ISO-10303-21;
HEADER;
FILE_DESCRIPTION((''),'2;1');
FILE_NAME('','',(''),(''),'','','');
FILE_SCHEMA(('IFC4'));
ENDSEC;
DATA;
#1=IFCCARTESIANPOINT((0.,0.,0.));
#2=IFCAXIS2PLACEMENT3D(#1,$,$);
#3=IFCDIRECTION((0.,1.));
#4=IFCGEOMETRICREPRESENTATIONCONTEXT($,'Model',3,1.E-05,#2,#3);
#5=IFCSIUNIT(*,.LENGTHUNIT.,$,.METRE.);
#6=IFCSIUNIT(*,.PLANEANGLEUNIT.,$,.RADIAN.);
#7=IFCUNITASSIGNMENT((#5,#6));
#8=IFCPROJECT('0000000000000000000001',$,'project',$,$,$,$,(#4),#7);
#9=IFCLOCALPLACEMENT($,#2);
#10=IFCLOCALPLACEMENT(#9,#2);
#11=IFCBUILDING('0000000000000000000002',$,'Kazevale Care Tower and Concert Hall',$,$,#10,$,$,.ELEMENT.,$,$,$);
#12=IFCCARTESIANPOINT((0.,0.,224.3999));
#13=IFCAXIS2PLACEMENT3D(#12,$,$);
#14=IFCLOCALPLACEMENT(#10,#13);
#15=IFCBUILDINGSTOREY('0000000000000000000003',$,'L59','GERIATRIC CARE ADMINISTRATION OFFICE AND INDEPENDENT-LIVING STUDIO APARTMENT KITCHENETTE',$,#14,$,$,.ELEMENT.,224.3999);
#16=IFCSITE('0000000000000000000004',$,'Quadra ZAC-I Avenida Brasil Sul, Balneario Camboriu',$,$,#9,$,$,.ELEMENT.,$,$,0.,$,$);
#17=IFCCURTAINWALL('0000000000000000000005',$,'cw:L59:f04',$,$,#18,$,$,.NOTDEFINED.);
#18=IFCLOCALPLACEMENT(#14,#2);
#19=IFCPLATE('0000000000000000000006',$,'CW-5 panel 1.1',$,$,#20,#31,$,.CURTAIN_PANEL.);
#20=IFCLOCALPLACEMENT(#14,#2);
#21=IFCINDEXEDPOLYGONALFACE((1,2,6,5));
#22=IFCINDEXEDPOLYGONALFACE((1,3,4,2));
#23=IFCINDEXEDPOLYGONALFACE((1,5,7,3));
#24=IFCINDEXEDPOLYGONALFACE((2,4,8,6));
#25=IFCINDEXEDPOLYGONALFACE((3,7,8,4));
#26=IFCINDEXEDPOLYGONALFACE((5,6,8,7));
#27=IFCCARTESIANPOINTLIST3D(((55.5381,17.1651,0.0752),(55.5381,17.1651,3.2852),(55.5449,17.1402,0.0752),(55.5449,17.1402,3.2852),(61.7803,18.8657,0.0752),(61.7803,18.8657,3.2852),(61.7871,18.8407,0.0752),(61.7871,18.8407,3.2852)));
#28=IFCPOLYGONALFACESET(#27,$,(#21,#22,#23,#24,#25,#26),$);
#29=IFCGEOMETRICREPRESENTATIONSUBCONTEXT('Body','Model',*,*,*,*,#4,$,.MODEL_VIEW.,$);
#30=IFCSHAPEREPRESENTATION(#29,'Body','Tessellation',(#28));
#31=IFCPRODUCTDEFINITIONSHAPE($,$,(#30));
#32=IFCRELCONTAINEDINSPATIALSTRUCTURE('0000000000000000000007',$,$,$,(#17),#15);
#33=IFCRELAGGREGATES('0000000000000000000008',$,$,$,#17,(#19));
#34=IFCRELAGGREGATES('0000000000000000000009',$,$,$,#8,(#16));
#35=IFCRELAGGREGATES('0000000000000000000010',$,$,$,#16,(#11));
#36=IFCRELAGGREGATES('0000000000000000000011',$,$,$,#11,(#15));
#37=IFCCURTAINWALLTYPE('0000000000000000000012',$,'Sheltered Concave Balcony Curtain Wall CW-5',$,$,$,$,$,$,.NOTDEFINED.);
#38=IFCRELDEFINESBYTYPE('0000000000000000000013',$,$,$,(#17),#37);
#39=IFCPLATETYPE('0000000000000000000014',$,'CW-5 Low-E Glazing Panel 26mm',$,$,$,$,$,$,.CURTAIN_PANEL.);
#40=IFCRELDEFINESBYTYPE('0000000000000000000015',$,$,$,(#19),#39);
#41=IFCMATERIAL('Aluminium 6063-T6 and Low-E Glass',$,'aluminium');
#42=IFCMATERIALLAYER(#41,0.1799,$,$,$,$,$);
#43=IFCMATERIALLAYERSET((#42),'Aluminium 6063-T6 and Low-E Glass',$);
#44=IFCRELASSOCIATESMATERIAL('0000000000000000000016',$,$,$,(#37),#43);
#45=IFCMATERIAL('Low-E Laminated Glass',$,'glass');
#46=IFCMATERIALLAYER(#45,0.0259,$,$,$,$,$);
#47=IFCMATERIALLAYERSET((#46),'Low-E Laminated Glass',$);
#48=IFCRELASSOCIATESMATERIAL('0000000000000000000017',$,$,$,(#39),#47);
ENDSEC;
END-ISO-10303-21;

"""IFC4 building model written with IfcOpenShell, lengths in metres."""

from ifc_helpers import new_model, si_unit, direction, frame, origin, origin_2d, place, context, subcontext, project, spatial, rectangle, extrude, material, layer, layer_set, type_object, element, aggregate, save


model = new_model("IFC4")

# Units and contexts
model_context = context("Model", 3, precision=1e-05, world=origin(), true_north=direction((0.0, 1.0)))
body_context = subcontext(model_context, "Body", "Model", "MODEL_VIEW")
ifc_project = project(units=[si_unit("LENGTHUNIT", "METRE"), si_unit("PLANEANGLEUNIT", "RADIAN")], contexts=[model_context])

# Site, building, storey
site_placement = place(None, origin())
site = spatial("IfcSite", under=ifc_project, at=site_placement, Name="Quadra ZAC-I Avenida Brasil Sul, Balneario Camboriu", CompositionType="ELEMENT", RefElevation=0.0)
building_placement = place(site_placement, origin())
building = spatial("IfcBuilding", under=site, at=building_placement, Name="Kazevale Care Tower and Concert Hall", CompositionType="ELEMENT")
storey_placement = place(building_placement, frame((0.0, 0.0, 224.3999)))
storey = spatial("IfcBuildingStorey", under=building, at=storey_placement, Name="L59", Description="GERIATRIC CARE ADMINISTRATION OFFICE AND INDEPENDENT-LIVING STUDIO APARTMENT KITCHENETTE", CompositionType="ELEMENT", Elevation=224.3999)

# Shared definitions
ifc_material_1 = material(Name="Aluminium 6063-T6 and Low-E Glass", Category="aluminium")
ifc_layer_1 = layer(ifc_material_1, 0.1799)
ifc_layer_set_1 = layer_set([ifc_layer_1], Name="Aluminium 6063-T6 and Low-E Glass")
curtain_wall_type = type_object("IfcCurtainWallType", Name="Sheltered Concave Balcony Curtain Wall CW-5", PredefinedType="NOTDEFINED", material=ifc_layer_set_1)

# Curtain wall
curtain_wall_1_placement = place(storey_placement, origin())
curtain_wall_1 = element("IfcCurtainWall", 1, at=curtain_wall_1_placement, inside=storey, type_object=curtain_wall_type, Name="cw:L59:f04", PredefinedType="NOTDEFINED")

# Plate
ifc_material_2 = material(Name="Low-E Laminated Glass", Category="glass")
ifc_layer_2 = layer(ifc_material_2, 0.0259)
ifc_layer_set_2 = layer_set([ifc_layer_2], Name="Low-E Laminated Glass")
plate_type = type_object("IfcPlateType", Name="CW-5 Low-E Glazing Panel 26mm", PredefinedType="CURTAIN_PANEL", material=ifc_layer_set_2)
plate_1_placement = place(storey_placement, frame((58.6626, 18.0029, 0.0752), z_axis=(0.0, 0.0, 1.0), x_axis=(-0.964837, -0.262849, 0.0)))
plate_1 = element("IfcPlate", 2, at=plate_1_placement, type_object=plate_type, Name="CW-5 panel 1.1", PredefinedType="CURTAIN_PANEL", context=body_context, shape_type="SweptSolid", body=[
    extrude(rectangle(XDim=6.4697, YDim=0.0259, at=origin_2d()), origin(), (0.0, 0.0, 1.0), 3.21),
])
aggregate(curtain_wall_1, [plate_1])

save(model, "model.ifc")
